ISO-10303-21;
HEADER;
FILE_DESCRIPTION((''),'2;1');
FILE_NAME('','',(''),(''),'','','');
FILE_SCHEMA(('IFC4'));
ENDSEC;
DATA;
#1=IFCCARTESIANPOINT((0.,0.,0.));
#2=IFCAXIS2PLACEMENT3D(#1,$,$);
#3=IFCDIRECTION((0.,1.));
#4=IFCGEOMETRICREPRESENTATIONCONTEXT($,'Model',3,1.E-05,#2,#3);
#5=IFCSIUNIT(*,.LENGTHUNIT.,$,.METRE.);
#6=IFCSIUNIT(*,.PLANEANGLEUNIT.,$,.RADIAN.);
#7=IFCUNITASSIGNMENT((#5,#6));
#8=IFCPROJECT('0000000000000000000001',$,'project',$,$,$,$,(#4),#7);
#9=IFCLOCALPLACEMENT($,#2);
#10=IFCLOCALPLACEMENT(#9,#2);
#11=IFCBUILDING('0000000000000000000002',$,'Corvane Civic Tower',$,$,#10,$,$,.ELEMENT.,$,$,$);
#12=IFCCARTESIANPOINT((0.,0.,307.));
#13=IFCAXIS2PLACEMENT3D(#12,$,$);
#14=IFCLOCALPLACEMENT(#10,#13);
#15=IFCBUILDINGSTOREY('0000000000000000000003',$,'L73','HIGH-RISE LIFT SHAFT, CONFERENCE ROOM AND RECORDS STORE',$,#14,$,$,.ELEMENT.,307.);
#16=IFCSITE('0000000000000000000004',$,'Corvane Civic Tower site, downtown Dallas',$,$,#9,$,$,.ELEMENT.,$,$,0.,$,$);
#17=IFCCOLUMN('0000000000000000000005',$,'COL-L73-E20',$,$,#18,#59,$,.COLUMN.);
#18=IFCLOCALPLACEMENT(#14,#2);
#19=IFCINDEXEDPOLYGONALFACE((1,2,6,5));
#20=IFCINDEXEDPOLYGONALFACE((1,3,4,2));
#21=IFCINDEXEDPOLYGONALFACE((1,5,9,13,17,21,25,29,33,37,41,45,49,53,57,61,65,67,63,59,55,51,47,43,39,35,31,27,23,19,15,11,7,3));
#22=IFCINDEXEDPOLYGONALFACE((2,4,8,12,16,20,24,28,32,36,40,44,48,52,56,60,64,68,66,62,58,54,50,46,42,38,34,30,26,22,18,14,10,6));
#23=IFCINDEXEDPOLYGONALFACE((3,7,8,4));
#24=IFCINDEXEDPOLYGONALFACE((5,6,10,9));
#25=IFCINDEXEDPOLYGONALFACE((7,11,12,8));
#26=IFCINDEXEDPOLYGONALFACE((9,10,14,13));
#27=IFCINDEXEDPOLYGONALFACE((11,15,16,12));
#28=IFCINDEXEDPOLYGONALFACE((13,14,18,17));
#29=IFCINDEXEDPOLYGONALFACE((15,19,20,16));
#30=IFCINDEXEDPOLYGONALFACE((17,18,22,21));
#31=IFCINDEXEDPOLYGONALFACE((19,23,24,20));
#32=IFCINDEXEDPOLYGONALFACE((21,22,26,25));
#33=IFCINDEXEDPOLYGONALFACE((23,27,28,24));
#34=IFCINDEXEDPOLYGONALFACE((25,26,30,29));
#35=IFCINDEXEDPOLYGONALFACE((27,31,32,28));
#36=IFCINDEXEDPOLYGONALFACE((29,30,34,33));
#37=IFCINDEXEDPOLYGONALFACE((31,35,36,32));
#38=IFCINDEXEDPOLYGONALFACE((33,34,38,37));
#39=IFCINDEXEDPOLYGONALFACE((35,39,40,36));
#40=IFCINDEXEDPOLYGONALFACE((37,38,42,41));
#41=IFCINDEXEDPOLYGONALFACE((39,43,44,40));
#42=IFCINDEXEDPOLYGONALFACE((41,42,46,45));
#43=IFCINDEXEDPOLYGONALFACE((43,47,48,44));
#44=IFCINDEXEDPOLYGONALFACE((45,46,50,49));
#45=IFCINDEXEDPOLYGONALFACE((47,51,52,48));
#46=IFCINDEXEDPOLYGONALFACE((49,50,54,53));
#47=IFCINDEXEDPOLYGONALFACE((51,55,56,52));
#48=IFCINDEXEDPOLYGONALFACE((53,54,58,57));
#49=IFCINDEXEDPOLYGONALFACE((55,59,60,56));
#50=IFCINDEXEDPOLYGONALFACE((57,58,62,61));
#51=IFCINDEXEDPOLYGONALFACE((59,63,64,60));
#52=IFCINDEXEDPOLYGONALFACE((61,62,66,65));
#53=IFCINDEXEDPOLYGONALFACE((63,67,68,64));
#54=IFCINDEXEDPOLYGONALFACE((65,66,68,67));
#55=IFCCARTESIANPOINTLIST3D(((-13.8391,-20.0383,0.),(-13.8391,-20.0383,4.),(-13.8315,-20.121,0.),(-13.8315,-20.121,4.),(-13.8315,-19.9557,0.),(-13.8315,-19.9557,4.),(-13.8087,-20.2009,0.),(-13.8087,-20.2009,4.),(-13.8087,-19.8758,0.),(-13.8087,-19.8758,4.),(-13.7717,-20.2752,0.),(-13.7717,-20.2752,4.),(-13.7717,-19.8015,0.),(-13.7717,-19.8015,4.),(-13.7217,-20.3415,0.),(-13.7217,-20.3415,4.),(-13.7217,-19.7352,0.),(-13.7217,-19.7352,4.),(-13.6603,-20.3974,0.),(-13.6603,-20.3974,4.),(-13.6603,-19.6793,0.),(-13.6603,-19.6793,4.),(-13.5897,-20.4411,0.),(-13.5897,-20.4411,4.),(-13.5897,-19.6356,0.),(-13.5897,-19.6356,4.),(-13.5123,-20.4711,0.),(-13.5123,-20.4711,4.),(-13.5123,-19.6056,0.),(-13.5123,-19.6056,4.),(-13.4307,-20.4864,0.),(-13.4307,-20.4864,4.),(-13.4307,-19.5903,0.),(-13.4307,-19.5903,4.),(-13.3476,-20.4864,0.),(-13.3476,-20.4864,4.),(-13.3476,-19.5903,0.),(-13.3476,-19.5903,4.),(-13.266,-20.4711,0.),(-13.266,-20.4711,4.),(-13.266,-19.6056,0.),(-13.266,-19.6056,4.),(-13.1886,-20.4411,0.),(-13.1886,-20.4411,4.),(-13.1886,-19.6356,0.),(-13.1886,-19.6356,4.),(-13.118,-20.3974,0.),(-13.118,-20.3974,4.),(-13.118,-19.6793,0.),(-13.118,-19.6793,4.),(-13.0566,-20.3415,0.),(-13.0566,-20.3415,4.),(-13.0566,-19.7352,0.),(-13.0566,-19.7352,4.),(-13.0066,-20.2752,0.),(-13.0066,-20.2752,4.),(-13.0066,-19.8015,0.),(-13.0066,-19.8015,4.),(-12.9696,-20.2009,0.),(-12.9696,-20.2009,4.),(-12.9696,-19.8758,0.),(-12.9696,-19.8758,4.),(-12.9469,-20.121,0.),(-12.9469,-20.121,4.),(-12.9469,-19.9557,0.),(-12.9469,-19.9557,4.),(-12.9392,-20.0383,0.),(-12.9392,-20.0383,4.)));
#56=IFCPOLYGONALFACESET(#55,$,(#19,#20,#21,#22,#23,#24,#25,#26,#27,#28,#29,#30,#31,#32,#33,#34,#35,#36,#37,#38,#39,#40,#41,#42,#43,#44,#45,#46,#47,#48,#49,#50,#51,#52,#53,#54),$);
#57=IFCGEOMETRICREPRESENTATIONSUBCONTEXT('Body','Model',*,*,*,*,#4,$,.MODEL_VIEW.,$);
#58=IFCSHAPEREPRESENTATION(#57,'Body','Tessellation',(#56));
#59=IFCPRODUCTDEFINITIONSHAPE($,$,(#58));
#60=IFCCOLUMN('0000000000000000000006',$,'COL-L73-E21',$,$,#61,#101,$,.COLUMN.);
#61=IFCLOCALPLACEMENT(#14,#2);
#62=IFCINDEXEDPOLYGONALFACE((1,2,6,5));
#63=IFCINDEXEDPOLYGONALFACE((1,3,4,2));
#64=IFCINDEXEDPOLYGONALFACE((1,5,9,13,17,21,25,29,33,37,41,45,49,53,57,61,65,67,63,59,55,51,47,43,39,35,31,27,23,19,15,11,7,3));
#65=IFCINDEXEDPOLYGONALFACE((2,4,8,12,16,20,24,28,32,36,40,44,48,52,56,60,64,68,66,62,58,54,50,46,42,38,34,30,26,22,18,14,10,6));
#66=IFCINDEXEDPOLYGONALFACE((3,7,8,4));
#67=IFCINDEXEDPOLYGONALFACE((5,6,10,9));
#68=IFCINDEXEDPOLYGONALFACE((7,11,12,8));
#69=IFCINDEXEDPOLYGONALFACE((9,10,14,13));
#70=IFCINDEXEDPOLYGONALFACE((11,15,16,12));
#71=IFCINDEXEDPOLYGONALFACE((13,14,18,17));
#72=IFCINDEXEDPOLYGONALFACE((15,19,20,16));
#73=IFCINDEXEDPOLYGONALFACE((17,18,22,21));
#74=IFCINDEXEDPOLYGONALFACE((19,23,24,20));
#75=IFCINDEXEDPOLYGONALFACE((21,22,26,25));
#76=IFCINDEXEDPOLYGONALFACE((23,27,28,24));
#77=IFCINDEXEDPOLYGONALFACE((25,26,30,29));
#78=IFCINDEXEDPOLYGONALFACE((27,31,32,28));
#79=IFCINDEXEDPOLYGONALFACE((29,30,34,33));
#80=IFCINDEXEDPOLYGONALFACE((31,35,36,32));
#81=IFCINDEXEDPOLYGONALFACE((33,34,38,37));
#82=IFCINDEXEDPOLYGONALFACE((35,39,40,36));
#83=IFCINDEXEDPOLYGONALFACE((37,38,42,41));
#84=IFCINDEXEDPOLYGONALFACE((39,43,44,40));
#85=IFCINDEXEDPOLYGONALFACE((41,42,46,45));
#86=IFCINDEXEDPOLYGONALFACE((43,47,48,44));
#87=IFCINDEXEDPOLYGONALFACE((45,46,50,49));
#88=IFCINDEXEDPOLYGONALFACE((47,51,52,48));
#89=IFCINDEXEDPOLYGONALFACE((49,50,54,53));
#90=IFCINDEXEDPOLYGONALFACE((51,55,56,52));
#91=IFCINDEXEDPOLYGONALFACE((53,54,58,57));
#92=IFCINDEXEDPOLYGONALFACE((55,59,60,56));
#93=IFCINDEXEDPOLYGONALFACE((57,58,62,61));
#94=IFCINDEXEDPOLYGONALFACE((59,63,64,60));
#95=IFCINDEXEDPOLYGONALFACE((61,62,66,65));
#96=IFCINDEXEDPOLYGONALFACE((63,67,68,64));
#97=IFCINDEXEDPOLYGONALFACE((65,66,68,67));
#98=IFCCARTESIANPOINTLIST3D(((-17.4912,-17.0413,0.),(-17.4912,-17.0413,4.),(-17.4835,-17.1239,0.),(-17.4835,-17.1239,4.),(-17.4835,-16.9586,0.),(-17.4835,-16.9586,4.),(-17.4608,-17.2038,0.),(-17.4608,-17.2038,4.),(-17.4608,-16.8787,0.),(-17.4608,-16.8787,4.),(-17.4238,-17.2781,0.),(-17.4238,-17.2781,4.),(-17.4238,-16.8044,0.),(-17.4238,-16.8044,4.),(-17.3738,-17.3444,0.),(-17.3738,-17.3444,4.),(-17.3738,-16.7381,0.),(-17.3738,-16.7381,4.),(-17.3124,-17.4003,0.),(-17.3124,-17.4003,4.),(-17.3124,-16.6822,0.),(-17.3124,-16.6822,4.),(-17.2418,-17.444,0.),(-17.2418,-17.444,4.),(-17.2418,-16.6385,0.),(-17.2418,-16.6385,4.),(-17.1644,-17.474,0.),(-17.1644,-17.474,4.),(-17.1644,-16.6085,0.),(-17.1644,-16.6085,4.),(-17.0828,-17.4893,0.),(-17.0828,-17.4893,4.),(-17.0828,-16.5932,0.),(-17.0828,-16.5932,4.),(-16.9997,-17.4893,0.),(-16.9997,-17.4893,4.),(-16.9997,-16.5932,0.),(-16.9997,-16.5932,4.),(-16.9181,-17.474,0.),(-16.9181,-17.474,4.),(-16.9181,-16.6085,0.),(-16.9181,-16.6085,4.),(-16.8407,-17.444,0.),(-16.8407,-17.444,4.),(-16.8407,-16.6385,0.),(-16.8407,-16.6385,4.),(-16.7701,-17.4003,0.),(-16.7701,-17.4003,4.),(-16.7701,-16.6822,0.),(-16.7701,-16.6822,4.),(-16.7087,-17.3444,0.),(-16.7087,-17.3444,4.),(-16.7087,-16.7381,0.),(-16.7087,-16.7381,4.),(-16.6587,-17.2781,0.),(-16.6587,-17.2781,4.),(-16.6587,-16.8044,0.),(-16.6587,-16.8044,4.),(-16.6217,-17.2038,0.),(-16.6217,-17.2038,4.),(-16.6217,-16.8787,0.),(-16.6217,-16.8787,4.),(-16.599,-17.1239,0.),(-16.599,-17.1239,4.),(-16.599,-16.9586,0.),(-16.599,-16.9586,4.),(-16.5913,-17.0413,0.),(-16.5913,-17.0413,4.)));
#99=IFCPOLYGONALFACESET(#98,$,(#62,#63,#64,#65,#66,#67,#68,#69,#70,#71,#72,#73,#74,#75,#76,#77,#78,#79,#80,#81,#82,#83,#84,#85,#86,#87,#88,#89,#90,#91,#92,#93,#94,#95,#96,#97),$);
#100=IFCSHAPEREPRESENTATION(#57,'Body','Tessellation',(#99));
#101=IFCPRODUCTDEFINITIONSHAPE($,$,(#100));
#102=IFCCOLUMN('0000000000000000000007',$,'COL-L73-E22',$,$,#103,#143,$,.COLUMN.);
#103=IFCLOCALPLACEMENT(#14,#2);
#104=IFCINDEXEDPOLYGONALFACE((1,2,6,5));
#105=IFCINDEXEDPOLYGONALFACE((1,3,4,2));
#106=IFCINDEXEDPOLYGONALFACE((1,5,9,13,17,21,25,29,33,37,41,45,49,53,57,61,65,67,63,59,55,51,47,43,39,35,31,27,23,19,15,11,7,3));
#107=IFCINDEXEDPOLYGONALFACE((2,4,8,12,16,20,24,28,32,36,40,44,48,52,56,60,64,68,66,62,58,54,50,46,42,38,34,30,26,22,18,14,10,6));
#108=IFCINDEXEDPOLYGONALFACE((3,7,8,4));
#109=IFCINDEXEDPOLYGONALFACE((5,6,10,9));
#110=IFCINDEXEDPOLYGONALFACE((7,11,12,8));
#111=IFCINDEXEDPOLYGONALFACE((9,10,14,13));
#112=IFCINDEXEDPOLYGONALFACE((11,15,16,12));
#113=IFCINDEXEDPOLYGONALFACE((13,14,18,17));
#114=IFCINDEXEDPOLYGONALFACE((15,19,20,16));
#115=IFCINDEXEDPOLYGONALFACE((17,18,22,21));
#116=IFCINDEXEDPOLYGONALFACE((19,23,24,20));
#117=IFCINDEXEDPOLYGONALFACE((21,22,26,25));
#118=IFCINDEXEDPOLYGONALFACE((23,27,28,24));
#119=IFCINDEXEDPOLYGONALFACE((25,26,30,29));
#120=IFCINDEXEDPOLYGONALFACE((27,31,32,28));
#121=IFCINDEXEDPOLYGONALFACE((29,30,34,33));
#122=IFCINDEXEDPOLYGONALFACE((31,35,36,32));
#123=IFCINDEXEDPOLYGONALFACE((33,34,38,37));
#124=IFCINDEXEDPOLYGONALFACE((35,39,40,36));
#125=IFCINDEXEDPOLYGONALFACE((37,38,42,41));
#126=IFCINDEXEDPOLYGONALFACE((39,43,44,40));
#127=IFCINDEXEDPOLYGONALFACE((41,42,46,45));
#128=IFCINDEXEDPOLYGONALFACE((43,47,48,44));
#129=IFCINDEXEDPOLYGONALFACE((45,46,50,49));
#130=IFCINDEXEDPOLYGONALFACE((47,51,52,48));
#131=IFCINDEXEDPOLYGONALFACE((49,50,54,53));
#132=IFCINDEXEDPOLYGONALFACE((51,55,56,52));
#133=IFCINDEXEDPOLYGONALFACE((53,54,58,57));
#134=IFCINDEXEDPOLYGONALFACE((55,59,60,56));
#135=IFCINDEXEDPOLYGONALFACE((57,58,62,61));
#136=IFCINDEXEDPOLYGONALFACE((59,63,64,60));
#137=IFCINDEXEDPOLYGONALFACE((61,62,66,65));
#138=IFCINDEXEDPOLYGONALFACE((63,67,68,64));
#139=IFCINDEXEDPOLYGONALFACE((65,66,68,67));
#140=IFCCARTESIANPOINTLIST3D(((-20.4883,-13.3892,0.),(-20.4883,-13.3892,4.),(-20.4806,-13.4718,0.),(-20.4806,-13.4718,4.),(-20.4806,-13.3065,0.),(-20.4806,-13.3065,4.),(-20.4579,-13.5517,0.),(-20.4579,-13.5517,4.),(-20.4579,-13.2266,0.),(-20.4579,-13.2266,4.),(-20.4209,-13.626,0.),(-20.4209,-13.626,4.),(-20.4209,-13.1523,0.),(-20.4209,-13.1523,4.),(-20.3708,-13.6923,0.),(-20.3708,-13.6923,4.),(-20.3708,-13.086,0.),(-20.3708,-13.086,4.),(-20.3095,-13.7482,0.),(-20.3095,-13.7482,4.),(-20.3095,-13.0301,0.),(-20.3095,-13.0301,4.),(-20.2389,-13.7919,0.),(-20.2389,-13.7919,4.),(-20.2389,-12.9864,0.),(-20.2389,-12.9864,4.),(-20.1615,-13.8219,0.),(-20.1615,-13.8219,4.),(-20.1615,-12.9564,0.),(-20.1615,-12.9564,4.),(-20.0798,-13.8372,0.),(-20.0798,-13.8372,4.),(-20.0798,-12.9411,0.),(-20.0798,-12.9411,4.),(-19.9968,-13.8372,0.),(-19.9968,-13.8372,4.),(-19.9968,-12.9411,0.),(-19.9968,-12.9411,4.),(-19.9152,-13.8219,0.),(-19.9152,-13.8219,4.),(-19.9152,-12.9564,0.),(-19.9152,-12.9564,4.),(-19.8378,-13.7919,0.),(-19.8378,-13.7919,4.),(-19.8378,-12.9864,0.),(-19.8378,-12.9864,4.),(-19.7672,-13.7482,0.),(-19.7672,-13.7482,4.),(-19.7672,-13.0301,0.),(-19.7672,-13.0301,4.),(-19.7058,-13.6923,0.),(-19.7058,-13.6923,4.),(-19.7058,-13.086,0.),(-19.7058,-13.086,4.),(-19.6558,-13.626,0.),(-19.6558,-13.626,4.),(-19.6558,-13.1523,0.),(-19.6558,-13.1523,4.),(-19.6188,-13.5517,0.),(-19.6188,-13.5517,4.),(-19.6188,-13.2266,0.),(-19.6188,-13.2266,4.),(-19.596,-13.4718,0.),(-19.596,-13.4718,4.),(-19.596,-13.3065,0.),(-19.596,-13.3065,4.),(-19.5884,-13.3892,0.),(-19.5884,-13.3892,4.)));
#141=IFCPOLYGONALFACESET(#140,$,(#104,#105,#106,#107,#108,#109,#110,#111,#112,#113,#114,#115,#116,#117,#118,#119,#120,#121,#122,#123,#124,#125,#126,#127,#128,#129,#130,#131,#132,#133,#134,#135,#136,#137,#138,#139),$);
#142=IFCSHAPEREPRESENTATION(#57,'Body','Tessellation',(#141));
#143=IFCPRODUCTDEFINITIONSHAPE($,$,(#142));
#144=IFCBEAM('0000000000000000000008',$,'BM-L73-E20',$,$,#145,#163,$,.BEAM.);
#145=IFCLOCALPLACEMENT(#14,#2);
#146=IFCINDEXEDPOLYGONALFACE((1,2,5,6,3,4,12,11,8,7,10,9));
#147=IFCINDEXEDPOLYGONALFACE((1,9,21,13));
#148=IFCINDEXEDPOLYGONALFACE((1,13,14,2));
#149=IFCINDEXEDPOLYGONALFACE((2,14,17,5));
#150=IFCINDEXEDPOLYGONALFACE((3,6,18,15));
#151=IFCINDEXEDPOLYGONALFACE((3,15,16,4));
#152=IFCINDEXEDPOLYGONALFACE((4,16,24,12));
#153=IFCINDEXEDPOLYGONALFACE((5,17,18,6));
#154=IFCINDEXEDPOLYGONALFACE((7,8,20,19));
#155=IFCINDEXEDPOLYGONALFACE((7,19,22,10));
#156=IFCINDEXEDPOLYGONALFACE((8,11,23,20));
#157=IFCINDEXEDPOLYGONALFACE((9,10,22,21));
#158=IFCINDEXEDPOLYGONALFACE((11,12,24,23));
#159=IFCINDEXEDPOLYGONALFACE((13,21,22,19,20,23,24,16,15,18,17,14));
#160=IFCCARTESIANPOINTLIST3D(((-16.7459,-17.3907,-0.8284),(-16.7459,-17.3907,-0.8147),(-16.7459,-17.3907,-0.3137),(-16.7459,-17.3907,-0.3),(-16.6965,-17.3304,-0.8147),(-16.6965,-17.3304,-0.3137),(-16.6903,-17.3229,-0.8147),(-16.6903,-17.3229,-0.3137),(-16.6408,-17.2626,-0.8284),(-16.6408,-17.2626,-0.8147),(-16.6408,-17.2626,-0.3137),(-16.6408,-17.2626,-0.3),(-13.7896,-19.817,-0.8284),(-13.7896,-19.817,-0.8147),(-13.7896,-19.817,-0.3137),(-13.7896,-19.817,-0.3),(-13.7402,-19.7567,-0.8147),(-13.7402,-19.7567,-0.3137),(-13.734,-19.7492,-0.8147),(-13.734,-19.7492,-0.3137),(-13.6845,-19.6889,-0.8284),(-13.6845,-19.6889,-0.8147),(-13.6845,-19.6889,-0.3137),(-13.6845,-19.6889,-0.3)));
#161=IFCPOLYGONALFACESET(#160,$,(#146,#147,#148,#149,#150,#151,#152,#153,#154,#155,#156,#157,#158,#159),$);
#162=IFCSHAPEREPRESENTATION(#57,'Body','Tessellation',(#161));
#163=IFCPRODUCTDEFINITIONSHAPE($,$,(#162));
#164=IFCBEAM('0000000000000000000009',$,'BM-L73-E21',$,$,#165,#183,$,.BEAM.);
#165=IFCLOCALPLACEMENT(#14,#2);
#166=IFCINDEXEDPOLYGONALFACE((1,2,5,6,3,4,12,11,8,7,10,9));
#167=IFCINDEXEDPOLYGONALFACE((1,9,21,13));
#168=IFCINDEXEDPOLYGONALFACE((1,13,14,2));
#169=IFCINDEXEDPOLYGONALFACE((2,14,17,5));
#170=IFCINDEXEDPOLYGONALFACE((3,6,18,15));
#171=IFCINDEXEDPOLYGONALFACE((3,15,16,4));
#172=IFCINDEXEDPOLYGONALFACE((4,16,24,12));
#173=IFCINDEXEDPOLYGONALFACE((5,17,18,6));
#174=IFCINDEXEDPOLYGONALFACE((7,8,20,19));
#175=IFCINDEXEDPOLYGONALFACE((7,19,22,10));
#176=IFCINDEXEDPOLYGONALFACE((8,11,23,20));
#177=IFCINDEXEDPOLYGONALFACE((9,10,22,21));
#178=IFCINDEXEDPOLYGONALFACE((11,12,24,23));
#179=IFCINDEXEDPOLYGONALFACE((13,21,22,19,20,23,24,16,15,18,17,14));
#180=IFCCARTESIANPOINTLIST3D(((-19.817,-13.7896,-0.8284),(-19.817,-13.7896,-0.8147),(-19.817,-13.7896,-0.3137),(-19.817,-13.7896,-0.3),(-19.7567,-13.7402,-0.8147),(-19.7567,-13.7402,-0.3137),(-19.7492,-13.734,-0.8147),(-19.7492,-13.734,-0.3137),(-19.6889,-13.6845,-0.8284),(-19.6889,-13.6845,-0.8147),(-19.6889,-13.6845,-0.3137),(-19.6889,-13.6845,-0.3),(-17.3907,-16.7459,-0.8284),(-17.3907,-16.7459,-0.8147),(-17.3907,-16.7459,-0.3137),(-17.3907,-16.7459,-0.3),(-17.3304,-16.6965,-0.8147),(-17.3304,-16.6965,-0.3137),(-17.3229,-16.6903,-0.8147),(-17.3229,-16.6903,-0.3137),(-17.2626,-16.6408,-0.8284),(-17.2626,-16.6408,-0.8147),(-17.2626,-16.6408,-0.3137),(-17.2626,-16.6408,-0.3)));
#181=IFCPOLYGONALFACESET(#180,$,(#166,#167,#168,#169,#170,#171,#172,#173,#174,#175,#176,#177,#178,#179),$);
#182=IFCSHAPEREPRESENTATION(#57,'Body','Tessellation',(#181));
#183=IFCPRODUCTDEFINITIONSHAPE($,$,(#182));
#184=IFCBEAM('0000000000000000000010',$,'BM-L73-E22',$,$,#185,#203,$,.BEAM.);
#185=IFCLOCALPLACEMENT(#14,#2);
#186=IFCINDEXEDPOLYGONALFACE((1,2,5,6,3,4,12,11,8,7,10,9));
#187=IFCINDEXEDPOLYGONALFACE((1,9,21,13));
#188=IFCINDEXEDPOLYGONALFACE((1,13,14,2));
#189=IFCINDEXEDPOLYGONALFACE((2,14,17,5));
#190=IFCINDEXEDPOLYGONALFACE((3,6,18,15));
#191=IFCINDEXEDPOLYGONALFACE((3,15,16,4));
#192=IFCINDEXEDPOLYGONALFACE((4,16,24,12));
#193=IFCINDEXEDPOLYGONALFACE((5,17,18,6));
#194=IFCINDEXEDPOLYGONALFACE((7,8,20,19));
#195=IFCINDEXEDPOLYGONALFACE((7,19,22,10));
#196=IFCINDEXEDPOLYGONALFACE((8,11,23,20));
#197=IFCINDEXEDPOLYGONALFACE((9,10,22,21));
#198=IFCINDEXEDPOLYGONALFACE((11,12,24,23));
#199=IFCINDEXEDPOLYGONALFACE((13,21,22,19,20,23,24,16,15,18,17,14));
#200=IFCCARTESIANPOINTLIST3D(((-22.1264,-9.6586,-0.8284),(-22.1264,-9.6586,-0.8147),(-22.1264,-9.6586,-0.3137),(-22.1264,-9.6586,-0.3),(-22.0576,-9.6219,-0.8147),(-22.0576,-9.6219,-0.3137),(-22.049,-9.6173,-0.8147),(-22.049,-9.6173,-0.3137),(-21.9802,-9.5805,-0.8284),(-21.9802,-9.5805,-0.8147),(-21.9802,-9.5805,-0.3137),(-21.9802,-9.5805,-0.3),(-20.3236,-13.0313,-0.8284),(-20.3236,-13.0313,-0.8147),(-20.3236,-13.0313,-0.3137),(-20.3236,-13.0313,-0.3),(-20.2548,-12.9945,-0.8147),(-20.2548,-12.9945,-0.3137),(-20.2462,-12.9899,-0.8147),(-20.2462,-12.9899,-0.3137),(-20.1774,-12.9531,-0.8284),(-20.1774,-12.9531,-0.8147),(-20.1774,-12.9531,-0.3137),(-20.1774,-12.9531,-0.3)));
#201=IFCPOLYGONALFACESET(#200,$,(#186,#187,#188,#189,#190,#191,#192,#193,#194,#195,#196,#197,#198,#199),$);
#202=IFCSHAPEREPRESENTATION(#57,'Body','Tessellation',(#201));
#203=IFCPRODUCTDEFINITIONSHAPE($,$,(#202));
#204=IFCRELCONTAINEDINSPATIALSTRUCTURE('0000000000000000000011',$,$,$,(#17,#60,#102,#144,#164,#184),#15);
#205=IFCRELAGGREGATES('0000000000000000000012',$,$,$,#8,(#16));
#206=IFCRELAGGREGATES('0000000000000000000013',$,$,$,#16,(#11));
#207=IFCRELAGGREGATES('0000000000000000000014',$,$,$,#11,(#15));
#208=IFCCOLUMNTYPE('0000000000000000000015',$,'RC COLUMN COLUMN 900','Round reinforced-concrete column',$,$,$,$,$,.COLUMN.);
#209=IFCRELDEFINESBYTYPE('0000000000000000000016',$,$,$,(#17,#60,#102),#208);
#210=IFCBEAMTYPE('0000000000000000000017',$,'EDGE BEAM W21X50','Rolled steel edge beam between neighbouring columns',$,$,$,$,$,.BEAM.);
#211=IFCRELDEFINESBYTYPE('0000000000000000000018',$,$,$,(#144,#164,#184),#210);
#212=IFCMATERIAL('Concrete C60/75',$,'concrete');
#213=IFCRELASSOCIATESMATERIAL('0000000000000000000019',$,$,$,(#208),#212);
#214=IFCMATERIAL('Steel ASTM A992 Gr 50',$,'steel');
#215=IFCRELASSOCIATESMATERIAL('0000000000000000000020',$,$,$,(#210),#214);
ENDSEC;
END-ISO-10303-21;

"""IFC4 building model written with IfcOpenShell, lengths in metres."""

from ifc_helpers import new_model, si_unit, direction, frame, origin, origin_2d, place, context, subcontext, project, spatial, circle, i_section, extrude, material, material_profile, profile_set, type_object, element, save


model = new_model("IFC4")

# Units and contexts
model_context = context("Model", 3, precision=1e-05, world=origin(), true_north=direction((0.0, 1.0)))
body_context = subcontext(model_context, "Body", "Model", "MODEL_VIEW")
ifc_project = project(units=[si_unit("LENGTHUNIT", "METRE"), si_unit("PLANEANGLEUNIT", "RADIAN")], contexts=[model_context])

# Site, building, storey
site_placement = place(None, origin())
site = spatial("IfcSite", under=ifc_project, at=site_placement, Name="Corvane Civic Tower site, downtown Dallas", CompositionType="ELEMENT", RefElevation=0.0)
building_placement = place(site_placement, origin())
building = spatial("IfcBuilding", under=site, at=building_placement, Name="Corvane Civic Tower", CompositionType="ELEMENT")
storey_placement = place(building_placement, frame((0.0, 0.0, 307.0)))
storey = spatial("IfcBuildingStorey", under=building, at=storey_placement, Name="L73", Description="HIGH-RISE LIFT SHAFT, CONFERENCE ROOM AND RECORDS STORE", CompositionType="ELEMENT", Elevation=307.0)

# Columns
ifc_material_1 = material(Name="Concrete C60/75", Category="concrete")
ifc_material_profile_1 = material_profile(ifc_material_1, circle(Radius=0.45, at=origin_2d()), Name="COLUMN 900")
ifc_profile_set_1 = profile_set([ifc_material_profile_1], Name="Concrete C60/75")
column_type = type_object("IfcColumnType", Name="RC COLUMN COLUMN 900", Description="Round reinforced-concrete column", PredefinedType="COLUMN", material=ifc_profile_set_1)
for number, where, z_axis, x_axis, name in (
    (1, (-13.3892, -20.0383, 0.0), (0.0, 0.0, 1.0), (1.0, 0.0, 0.0), "COL-L73-E20"),
    (2, (-17.0413, -17.0413, 0.0), (0.0, 0.0, 1.0), (1.0, 0.0, 0.0), "COL-L73-E21"),
    (3, (-20.0383, -13.3892, 0.0), (0.0, 0.0, 1.0), (1.0, 0.0, 0.0), "COL-L73-E22"),
):
    element("IfcColumn", number, at=place(storey_placement, frame(where, z_axis=z_axis, x_axis=x_axis)), inside=storey, type_object=column_type, Name=name, PredefinedType="COLUMN", context=body_context, shape_type="SweptSolid", body=[
        extrude(circle(Radius=0.45, at=origin_2d()), origin(), (0.0, 0.0, 1.0), 4.0),
    ])

# Beams
ifc_material_2 = material(Name="Steel ASTM A992 Gr 50", Category="steel")
ifc_material_profile_2 = material_profile(ifc_material_2, i_section(OverallWidth=0.1658, OverallDepth=0.5283, WebThickness=0.0098, FlangeThickness=0.0137, at=origin_2d()), Name="W21X50")
ifc_profile_set_2 = profile_set([ifc_material_profile_2], Name="Steel ASTM A992 Gr 50")
beam_type_1 = type_object("IfcBeamType", Name="EDGE BEAM W21X50", Description="Rolled steel edge beam between neighbouring columns", PredefinedType="BEAM", material=ifc_profile_set_2)
for number, where, z_axis, x_axis, name in (
    (4, (-13.7371, -19.7529, -0.5642), (-0.772998, 0.634409, 0.0), (-0.634409, -0.772998, 0.0), "BM-L73-E20"),
    (5, (-17.3267, -16.6934, -0.5642), (-0.634409, 0.772998, 0.0), (-0.772998, -0.634409, 0.0), "BM-L73-E21"),
):
    element("IfcBeam", number, at=place(storey_placement, frame(where, z_axis=z_axis, x_axis=x_axis)), inside=storey, type_object=beam_type_1, Name=name, PredefinedType="BEAM", context=body_context, shape_type="SweptSolid", body=[
        extrude(i_section(OverallWidth=0.1658, OverallDepth=0.5283, WebThickness=0.0098, FlangeThickness=0.0137, at=origin_2d()), origin(), (0.0, 0.0, 1.0), 3.8245),
    ])
beam_1_placement = place(storey_placement, frame((-20.2505, -12.9922, -0.5642), z_axis=(-0.47141, 0.881914, 0.0), x_axis=(-0.881914, -0.47141, 0.0)))
element("IfcBeam", 6, at=beam_1_placement, inside=storey, type_object=beam_type_1, Name="BM-L73-E22", PredefinedType="BEAM", context=body_context, shape_type="SweptSolid", body=[
    extrude(i_section(OverallWidth=0.1658, OverallDepth=0.5283, WebThickness=0.0098, FlangeThickness=0.0137, at=origin_2d()), origin(), (0.0, 0.0, 1.0), 3.8242),
])

save(model, "model.ifc")
